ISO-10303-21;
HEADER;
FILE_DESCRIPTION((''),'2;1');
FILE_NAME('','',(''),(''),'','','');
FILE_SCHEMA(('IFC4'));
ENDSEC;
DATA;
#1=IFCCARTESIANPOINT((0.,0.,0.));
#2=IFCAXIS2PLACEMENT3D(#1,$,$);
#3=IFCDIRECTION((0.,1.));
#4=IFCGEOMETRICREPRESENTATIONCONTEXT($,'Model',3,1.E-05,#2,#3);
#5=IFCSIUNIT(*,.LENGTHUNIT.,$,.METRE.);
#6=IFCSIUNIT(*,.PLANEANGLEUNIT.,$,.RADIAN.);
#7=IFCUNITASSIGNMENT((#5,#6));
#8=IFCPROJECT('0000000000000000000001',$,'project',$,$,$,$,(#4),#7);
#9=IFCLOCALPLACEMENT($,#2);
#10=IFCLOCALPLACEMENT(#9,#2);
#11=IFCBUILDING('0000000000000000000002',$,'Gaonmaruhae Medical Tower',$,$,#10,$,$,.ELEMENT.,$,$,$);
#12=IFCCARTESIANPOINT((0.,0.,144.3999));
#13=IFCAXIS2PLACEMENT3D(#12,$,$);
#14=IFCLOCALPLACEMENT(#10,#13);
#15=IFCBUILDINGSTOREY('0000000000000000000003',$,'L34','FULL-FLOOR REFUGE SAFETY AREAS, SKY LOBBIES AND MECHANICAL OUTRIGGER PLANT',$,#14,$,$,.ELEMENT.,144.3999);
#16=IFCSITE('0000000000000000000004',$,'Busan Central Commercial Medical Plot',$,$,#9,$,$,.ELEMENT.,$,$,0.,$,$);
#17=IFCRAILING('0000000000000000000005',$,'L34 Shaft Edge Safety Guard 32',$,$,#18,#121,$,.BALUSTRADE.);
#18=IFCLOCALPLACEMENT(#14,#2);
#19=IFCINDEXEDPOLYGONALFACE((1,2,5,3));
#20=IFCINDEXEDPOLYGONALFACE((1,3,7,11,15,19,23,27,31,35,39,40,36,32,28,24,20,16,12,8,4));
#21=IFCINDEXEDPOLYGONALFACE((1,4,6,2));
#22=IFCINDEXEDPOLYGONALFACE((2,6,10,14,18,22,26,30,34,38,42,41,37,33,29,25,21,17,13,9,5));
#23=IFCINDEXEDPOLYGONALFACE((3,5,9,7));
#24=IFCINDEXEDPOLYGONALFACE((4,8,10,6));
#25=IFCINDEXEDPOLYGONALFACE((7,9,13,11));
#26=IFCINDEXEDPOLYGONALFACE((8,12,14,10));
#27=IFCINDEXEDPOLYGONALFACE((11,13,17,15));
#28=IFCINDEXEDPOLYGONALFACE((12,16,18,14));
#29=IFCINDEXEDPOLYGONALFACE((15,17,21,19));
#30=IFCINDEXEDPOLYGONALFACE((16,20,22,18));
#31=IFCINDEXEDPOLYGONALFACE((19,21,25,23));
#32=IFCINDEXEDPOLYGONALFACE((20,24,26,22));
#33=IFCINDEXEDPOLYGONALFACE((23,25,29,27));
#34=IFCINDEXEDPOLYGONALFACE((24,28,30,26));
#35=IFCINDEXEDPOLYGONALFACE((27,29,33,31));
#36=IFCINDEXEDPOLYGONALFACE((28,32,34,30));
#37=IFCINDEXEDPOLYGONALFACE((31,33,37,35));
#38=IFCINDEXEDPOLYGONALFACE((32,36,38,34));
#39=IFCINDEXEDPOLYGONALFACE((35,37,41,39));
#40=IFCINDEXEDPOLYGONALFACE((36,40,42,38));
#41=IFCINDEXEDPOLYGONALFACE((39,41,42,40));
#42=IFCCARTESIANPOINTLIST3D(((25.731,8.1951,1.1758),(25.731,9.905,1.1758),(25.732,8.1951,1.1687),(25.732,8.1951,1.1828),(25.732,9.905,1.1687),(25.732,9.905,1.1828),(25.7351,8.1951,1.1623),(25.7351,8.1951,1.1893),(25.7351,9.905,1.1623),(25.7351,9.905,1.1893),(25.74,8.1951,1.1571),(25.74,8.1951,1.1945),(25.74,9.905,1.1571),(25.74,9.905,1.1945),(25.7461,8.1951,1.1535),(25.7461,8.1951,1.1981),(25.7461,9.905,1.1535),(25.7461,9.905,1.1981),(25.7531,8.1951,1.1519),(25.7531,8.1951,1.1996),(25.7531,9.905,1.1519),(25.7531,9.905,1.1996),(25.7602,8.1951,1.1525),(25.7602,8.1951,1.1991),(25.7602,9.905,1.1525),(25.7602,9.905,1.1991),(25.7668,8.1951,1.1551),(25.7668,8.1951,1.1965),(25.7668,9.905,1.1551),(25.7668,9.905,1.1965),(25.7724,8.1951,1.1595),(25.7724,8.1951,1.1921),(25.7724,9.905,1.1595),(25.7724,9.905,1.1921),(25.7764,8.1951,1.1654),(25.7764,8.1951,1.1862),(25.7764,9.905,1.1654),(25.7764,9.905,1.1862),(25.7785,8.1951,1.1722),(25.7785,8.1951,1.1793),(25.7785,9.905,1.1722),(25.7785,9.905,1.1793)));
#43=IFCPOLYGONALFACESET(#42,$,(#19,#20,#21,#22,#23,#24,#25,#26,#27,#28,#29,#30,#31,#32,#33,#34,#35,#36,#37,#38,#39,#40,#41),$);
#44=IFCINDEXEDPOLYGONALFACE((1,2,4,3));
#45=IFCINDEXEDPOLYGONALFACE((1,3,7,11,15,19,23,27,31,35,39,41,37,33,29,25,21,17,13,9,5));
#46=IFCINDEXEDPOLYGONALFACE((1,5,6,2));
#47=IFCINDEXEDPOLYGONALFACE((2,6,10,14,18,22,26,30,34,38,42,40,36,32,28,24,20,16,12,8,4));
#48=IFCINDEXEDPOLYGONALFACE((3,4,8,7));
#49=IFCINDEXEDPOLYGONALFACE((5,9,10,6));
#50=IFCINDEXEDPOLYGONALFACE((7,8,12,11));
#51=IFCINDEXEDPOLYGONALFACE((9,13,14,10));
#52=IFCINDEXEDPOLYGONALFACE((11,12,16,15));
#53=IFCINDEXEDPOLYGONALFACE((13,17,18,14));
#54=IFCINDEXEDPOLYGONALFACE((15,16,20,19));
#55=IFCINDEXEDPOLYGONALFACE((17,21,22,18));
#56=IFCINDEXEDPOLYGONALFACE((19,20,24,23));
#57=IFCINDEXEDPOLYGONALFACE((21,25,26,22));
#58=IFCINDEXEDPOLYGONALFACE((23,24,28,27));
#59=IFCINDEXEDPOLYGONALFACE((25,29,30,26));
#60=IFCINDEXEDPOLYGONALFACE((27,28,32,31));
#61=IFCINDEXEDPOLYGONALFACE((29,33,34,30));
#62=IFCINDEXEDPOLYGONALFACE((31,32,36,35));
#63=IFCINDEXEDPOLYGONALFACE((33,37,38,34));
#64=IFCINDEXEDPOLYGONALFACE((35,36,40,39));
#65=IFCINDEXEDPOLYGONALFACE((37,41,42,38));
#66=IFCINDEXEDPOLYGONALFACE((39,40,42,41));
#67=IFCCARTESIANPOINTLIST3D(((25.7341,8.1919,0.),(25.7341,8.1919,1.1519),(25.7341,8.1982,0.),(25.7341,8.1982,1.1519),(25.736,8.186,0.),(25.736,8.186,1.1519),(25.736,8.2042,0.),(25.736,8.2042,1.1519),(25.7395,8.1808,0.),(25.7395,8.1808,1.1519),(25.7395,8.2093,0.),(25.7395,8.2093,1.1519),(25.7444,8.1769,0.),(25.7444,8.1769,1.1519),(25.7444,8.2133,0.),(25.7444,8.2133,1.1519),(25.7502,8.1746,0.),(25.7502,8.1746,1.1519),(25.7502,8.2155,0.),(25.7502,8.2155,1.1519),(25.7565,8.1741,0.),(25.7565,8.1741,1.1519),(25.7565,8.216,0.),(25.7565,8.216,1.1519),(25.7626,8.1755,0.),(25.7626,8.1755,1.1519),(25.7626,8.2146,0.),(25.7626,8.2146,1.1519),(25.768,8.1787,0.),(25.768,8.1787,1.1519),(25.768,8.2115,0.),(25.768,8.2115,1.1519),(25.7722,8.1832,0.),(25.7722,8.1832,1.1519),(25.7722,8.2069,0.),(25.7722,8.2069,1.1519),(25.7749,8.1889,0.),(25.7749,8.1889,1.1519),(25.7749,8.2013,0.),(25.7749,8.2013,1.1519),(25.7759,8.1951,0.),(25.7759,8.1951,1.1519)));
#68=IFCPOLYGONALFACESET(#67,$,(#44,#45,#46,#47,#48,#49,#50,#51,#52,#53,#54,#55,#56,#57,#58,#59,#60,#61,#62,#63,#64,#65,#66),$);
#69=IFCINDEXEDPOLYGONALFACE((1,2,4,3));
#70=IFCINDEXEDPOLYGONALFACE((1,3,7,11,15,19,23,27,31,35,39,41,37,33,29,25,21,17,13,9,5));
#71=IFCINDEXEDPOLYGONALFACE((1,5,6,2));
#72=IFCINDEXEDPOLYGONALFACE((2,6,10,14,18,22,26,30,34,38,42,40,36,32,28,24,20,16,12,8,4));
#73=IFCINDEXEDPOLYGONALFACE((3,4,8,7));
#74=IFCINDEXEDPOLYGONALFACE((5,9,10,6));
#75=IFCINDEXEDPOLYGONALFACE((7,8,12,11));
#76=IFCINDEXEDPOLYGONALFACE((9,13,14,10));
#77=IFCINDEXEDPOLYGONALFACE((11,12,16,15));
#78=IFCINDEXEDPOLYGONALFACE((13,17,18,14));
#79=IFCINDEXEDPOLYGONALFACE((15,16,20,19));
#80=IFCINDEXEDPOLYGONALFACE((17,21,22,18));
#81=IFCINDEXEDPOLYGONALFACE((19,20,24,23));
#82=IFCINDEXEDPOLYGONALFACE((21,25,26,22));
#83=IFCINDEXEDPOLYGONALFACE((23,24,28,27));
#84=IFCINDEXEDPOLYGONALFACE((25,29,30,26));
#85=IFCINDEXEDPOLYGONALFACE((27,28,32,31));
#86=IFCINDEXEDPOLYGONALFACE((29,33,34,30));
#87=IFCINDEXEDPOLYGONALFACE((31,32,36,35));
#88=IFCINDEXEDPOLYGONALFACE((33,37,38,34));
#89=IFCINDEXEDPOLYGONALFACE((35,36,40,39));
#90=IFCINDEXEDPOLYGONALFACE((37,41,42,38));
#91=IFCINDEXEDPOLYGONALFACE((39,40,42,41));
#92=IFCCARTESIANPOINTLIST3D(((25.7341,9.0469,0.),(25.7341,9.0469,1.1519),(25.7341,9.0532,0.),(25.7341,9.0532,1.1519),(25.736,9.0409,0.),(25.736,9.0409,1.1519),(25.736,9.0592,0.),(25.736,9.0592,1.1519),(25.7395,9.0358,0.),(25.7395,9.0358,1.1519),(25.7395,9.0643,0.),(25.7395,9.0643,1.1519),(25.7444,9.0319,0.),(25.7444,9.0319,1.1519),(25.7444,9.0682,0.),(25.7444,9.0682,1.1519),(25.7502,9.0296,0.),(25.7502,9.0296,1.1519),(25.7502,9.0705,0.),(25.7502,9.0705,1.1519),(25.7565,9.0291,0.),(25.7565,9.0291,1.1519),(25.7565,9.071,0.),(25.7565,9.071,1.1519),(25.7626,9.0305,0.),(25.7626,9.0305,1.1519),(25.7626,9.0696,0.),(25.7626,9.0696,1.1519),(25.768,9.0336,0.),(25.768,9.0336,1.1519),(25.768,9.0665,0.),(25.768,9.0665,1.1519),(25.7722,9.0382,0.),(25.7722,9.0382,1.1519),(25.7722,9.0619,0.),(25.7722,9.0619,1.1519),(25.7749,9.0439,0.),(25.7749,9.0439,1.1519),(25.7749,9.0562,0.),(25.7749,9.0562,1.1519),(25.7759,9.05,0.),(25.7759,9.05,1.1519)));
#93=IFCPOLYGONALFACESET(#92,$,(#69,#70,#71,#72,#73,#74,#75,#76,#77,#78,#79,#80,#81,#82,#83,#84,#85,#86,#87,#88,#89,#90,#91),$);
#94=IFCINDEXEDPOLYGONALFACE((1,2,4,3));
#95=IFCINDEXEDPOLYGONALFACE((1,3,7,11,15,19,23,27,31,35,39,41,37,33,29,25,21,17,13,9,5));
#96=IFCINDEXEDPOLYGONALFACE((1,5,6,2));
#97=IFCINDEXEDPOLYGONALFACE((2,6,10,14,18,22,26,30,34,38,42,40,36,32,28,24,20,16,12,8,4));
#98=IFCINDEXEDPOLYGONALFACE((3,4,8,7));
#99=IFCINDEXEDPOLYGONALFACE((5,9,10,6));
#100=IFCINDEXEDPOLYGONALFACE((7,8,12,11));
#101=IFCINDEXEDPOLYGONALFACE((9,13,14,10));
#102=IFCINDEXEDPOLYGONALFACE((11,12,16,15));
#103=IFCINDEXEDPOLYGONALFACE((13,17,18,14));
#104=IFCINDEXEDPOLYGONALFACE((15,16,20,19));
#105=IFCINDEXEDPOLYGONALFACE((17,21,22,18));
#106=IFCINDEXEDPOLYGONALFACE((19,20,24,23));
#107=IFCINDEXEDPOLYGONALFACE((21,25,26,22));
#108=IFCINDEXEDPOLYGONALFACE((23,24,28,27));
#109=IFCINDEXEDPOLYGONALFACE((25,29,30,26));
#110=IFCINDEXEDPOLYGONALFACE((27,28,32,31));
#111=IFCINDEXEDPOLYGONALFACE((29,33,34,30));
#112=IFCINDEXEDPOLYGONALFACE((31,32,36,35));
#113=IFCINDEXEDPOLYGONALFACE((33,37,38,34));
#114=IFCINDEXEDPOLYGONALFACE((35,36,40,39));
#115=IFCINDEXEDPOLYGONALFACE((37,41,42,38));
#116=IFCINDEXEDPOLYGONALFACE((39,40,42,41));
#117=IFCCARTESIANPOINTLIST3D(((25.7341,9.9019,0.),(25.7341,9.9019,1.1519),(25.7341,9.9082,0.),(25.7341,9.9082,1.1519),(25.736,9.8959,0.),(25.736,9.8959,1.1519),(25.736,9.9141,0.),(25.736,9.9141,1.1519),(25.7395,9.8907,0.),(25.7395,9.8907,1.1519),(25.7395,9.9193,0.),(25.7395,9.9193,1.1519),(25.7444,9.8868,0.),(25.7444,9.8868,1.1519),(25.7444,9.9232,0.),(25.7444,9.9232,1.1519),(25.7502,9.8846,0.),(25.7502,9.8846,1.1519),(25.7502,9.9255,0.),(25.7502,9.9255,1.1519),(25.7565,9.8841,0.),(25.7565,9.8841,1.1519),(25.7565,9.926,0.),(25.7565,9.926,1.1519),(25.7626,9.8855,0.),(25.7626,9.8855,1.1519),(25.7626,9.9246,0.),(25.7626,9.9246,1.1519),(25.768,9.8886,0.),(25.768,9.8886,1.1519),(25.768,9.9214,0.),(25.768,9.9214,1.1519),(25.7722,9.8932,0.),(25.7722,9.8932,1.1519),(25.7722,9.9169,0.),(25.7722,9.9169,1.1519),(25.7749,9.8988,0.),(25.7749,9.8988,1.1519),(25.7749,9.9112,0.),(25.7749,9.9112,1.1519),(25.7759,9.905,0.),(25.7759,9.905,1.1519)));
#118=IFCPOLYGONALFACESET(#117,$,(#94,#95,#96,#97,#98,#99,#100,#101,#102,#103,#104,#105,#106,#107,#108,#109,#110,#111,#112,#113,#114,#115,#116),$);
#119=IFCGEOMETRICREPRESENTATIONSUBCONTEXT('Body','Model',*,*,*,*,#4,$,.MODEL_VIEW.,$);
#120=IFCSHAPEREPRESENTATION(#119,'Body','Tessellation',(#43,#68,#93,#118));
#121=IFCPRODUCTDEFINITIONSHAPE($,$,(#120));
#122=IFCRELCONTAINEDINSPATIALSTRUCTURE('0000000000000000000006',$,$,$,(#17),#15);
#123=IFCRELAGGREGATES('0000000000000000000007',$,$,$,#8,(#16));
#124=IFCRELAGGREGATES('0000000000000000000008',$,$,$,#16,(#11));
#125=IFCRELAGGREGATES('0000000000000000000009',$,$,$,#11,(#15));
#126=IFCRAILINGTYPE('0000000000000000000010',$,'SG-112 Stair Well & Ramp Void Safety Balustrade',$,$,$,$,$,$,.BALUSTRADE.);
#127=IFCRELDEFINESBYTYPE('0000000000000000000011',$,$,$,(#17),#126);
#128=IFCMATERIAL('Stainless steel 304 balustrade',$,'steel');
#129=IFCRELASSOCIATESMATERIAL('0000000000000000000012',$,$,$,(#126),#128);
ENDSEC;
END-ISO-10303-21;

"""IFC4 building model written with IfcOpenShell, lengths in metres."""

from ifc_helpers import new_model, si_unit, direction, frame, origin, origin_2d, place, context, subcontext, project, spatial, circle, extrude, material, type_object, element, save


model = new_model("IFC4")

# Units and contexts
model_context = context("Model", 3, precision=1e-05, world=origin(), true_north=direction((0.0, 1.0)))
body_context = subcontext(model_context, "Body", "Model", "MODEL_VIEW")
ifc_project = project(units=[si_unit("LENGTHUNIT", "METRE"), si_unit("PLANEANGLEUNIT", "RADIAN")], contexts=[model_context])

# Site, building, storey
site_placement = place(None, origin())
site = spatial("IfcSite", under=ifc_project, at=site_placement, Name="Busan Central Commercial Medical Plot", CompositionType="ELEMENT", RefElevation=0.0)
building_placement = place(site_placement, origin())
building = spatial("IfcBuilding", under=site, at=building_placement, Name="Gaonmaruhae Medical Tower", CompositionType="ELEMENT")
storey_placement = place(building_placement, frame((0.0, 0.0, 144.3999)))
storey = spatial("IfcBuildingStorey", under=building, at=storey_placement, Name="L34", Description="FULL-FLOOR REFUGE SAFETY AREAS, SKY LOBBIES AND MECHANICAL OUTRIGGER PLANT", CompositionType="ELEMENT", Elevation=144.3999)

# Railing
ifc_material_1 = material(Name="Stainless steel 304 balustrade", Category="steel")
railing_type = type_object("IfcRailingType", Name="SG-112 Stair Well & Ramp Void Safety Balustrade", PredefinedType="BALUSTRADE", material=ifc_material_1)
railing_1_placement = place(storey_placement, frame((25.7549, 8.1951, 0.0)))
element("IfcRailing", 1, at=railing_1_placement, inside=storey, type_object=railing_type, Name="L34 Shaft Edge Safety Guard 32", PredefinedType="BALUSTRADE", context=body_context, shape_type="SweptSolid", body=[
    extrude(circle(Radius=0.0239, at=origin_2d()), frame((0.0, 0.0, 1.1758), z_axis=(0.0, 1.0, 0.0), x_axis=(-1.0, 0.0, 0.0)), (0.0, 0.0, 1.0), 1.71),
    extrude(circle(Radius=0.021, at=origin_2d()), origin(), (0.0, 0.0, 1.0), 1.1519),
    extrude(circle(Radius=0.021, at=origin_2d()), frame((0.0, 0.855, 0.0)), (0.0, 0.0, 1.0), 1.1519),
    extrude(circle(Radius=0.021, at=origin_2d()), frame((0.0, 1.71, 0.0)), (0.0, 0.0, 1.0), 1.1519),
])

save(model, "model.ifc")
